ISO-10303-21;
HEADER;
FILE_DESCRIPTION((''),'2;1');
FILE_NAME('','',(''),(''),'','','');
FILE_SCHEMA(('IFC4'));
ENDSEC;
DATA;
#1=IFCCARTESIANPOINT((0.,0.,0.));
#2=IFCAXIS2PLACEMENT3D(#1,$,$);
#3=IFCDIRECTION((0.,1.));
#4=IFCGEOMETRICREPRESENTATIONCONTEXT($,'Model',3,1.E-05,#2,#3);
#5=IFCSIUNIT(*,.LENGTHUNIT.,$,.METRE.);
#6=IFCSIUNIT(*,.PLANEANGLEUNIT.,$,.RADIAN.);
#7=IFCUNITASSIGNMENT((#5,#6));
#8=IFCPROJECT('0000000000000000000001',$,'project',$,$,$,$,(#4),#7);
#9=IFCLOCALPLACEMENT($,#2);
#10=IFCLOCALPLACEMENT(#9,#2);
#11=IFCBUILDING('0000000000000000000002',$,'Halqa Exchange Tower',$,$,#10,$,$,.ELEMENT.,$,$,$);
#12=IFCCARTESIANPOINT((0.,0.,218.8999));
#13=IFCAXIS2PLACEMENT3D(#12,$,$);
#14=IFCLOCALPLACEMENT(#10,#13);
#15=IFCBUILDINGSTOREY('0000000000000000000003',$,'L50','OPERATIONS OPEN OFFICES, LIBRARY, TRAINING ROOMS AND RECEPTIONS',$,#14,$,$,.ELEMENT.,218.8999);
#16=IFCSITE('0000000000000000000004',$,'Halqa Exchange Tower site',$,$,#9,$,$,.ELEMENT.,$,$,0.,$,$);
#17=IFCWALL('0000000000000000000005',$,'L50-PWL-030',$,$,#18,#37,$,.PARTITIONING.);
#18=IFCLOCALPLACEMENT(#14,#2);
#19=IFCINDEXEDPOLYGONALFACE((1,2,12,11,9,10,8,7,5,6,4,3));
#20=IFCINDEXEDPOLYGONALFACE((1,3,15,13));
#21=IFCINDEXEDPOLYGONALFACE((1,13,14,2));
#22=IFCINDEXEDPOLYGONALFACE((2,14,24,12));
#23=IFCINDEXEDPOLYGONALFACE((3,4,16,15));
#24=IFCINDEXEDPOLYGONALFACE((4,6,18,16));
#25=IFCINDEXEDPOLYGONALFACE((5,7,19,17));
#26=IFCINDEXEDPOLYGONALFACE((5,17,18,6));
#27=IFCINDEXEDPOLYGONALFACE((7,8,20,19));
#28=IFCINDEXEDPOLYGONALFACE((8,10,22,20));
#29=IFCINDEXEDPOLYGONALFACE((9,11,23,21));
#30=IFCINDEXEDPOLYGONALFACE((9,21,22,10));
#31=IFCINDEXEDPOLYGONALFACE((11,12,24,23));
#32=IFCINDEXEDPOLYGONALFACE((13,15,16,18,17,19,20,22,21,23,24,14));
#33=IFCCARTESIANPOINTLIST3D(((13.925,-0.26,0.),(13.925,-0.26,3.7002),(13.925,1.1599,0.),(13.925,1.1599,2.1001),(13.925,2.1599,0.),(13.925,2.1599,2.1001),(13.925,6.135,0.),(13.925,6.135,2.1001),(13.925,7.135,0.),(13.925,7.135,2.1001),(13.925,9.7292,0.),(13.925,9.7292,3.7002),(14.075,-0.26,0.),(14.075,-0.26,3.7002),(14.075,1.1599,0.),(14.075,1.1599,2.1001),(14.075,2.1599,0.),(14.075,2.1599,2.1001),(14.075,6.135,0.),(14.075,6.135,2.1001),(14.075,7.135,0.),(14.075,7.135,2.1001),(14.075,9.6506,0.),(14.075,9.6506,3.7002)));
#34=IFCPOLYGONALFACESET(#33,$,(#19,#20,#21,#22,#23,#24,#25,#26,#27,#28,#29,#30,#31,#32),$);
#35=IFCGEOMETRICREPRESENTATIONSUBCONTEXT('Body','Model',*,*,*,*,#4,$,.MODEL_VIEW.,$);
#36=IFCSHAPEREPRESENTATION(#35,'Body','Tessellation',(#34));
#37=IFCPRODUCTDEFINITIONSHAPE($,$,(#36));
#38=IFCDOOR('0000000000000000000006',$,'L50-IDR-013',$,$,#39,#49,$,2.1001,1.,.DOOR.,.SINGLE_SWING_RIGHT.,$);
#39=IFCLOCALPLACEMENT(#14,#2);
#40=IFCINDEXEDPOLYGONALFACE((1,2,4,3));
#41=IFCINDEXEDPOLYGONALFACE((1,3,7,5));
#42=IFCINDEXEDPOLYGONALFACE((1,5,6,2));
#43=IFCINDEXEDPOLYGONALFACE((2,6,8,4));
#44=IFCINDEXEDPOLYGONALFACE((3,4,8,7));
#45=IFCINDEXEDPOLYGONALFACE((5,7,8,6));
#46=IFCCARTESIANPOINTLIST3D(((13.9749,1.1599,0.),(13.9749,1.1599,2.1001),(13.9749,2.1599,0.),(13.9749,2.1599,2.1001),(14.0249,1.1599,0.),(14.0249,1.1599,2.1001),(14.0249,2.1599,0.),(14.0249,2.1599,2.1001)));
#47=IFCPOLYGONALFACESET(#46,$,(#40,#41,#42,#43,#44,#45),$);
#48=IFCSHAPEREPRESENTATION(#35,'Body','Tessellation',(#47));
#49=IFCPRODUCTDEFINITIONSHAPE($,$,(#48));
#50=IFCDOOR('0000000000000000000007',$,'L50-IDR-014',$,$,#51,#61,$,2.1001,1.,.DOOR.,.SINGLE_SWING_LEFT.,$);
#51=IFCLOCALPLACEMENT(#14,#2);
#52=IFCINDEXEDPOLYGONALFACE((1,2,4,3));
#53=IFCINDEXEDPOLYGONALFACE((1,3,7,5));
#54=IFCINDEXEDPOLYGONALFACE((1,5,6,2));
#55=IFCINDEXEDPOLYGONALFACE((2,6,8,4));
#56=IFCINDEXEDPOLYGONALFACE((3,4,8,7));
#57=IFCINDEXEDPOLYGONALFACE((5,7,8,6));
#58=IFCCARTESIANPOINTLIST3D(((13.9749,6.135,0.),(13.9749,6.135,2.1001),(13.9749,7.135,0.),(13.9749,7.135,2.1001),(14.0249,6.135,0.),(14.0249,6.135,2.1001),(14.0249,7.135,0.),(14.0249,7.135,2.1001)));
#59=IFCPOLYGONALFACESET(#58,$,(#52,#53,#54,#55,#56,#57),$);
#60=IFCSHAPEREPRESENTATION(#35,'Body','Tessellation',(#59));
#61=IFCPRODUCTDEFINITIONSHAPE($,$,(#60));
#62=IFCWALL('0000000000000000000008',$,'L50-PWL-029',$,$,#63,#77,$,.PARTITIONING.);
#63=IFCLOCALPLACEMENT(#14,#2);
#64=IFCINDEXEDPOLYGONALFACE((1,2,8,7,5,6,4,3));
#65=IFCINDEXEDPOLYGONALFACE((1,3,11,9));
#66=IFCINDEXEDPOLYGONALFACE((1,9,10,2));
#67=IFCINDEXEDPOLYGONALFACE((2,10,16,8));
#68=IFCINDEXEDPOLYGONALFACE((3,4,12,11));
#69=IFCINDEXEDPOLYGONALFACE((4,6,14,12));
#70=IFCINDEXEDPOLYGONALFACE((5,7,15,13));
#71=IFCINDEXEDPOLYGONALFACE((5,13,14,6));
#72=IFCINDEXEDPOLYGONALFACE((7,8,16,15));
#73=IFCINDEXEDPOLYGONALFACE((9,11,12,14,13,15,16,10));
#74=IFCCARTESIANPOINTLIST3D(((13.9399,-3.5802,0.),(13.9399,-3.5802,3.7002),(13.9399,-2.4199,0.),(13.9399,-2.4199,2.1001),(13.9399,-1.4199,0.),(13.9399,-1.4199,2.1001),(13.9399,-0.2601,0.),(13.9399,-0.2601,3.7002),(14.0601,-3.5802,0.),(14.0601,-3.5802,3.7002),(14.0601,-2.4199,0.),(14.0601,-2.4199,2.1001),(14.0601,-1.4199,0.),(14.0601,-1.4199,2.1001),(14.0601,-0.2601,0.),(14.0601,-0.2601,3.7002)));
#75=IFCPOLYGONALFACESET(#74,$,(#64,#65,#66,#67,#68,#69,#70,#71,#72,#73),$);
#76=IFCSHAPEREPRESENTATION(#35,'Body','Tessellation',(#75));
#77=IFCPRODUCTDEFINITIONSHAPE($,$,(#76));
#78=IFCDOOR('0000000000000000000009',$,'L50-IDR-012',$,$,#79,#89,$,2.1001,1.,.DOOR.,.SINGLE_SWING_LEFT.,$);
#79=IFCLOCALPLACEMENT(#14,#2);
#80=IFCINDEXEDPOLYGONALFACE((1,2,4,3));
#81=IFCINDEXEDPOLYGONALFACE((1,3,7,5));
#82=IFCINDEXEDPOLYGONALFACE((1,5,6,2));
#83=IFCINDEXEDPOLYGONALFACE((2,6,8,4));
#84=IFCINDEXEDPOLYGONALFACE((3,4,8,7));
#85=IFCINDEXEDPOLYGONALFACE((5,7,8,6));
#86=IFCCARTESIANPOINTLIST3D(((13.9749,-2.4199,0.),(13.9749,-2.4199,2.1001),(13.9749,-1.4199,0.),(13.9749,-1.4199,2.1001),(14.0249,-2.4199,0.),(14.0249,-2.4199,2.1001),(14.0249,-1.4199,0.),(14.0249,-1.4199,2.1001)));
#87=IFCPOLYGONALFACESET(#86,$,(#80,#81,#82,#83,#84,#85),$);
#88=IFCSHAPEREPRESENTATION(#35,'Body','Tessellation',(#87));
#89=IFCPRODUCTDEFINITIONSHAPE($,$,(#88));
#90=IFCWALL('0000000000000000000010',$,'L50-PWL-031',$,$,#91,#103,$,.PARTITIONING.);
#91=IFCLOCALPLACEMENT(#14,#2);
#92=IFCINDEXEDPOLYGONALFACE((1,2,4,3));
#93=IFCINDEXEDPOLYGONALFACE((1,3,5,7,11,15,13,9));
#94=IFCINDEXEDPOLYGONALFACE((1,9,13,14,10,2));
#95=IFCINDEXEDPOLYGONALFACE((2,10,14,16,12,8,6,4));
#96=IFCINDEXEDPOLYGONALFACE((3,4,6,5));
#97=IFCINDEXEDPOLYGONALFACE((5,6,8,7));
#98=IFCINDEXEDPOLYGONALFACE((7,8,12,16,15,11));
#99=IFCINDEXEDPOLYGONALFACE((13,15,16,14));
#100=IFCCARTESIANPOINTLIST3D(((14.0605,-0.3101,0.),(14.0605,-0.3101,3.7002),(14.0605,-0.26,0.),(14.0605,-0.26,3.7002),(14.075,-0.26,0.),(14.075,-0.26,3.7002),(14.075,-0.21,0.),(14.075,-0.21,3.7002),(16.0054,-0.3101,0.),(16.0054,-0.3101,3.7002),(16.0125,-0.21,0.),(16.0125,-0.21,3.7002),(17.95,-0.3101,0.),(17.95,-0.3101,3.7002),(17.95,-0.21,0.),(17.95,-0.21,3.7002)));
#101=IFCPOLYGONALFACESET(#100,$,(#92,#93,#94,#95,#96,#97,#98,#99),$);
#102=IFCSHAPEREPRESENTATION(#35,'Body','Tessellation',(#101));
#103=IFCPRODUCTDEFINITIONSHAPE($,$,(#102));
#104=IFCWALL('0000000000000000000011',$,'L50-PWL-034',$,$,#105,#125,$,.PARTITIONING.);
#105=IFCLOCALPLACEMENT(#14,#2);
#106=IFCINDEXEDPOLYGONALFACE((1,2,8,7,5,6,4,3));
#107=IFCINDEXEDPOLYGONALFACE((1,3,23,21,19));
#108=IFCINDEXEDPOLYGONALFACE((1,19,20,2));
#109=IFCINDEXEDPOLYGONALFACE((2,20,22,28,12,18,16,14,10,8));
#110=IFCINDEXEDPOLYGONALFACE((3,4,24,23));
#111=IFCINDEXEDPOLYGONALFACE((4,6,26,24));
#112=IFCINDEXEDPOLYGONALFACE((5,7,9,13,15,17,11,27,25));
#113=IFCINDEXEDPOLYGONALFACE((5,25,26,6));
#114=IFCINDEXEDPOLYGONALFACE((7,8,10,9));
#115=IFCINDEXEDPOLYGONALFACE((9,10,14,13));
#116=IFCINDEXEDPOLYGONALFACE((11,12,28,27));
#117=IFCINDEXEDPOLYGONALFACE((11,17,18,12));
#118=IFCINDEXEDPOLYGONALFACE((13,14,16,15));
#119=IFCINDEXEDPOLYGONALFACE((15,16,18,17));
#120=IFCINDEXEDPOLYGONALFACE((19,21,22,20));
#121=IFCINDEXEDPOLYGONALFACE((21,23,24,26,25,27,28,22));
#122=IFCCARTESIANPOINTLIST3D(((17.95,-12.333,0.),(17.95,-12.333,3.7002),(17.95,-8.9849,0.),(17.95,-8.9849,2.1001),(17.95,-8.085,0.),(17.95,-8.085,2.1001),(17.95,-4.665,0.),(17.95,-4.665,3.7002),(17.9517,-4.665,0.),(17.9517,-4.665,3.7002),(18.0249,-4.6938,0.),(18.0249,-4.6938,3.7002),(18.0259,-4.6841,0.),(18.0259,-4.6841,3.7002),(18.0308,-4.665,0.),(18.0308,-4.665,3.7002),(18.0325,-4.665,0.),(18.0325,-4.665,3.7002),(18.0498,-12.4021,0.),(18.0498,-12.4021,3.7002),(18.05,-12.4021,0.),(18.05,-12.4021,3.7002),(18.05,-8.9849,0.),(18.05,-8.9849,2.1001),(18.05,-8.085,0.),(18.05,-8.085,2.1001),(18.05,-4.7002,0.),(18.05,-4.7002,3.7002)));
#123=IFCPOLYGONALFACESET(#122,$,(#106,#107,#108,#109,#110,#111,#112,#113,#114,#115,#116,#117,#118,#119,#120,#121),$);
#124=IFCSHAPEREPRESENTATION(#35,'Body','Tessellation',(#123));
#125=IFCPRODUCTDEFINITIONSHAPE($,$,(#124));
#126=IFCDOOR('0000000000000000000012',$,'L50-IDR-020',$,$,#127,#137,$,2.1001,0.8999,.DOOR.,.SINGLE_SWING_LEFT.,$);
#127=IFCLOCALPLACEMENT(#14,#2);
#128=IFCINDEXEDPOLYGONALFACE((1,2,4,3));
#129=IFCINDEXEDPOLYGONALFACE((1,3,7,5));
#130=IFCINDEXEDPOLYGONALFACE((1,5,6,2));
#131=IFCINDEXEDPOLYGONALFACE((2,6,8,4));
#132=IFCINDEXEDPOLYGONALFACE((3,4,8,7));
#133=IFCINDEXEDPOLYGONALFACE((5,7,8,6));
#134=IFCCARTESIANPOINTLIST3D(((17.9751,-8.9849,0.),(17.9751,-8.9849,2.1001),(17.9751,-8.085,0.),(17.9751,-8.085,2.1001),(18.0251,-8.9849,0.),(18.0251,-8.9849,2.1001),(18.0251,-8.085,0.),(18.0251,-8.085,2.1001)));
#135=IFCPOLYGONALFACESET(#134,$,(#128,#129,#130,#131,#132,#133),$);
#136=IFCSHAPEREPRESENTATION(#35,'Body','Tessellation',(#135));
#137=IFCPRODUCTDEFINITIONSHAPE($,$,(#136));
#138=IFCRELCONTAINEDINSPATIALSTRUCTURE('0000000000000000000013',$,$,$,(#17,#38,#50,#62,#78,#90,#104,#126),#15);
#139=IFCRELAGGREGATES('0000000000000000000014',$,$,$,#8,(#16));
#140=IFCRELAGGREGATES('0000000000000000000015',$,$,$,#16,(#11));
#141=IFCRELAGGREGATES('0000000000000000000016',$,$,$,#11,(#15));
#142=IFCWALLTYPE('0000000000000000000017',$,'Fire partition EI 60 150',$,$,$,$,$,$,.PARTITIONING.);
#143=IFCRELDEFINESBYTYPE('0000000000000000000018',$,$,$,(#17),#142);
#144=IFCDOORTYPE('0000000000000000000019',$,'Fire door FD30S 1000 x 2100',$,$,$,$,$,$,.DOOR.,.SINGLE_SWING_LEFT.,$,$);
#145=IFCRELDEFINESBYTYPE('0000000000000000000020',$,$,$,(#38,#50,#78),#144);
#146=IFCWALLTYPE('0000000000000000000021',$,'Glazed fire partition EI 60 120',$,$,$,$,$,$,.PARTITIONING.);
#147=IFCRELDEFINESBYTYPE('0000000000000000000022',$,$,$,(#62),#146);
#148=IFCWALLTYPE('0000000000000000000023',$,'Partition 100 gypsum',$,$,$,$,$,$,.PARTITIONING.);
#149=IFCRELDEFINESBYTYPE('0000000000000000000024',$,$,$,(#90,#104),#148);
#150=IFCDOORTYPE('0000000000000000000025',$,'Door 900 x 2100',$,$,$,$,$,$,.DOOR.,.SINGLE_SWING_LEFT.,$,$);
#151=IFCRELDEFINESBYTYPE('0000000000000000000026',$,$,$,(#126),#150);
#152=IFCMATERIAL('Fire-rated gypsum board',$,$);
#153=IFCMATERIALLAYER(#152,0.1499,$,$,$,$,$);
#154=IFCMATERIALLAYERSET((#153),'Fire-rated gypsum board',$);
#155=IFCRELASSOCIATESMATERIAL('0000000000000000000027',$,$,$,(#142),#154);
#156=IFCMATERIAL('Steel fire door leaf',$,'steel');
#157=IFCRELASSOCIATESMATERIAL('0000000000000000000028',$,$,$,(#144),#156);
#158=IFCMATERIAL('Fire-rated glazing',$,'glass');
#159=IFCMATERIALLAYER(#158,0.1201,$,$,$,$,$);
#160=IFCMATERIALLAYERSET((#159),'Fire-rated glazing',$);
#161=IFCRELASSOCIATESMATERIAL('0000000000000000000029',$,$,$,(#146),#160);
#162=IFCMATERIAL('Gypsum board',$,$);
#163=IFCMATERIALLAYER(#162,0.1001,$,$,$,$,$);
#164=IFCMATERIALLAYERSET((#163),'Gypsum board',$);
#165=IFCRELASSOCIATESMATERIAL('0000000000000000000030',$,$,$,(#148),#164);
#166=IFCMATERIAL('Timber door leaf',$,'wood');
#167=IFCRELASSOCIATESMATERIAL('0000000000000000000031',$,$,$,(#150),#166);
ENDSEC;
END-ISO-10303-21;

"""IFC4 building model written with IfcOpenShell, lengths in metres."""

from ifc_helpers import new_model, si_unit, direction, frame, frame_2d, origin, place, context, subcontext, project, spatial, polyline, rectangle, outline, extrude, material, layer, layer_set, type_object, element, fill, save


model = new_model("IFC4")

# Units and contexts
model_context = context("Model", 3, precision=1e-05, world=origin(), true_north=direction((0.0, 1.0)))
body_context = subcontext(model_context, "Body", "Model", "MODEL_VIEW")
ifc_project = project(units=[si_unit("LENGTHUNIT", "METRE"), si_unit("PLANEANGLEUNIT", "RADIAN")], contexts=[model_context])

# Site, building, storey
site_placement = place(None, origin())
site = spatial("IfcSite", under=ifc_project, at=site_placement, Name="Halqa Exchange Tower site", CompositionType="ELEMENT", RefElevation=0.0)
building_placement = place(site_placement, origin())
building = spatial("IfcBuilding", under=site, at=building_placement, Name="Halqa Exchange Tower", CompositionType="ELEMENT")
storey_placement = place(building_placement, frame((0.0, 0.0, 218.8999)))
storey = spatial("IfcBuildingStorey", under=building, at=storey_placement, Name="L50", Description="OPERATIONS OPEN OFFICES, LIBRARY, TRAINING ROOMS AND RECEPTIONS", CompositionType="ELEMENT", Elevation=218.8999)

# Shared definitions
ifc_material_1 = material(Name="Fire-rated gypsum board")
ifc_layer_1 = layer(ifc_material_1, 0.1499)
ifc_layer_set_1 = layer_set([ifc_layer_1], Name="Fire-rated gypsum board")
wall_type_1 = type_object("IfcWallType", Name="Fire partition EI 60 150", PredefinedType="PARTITIONING", material=ifc_layer_set_1)

# Shared definitions
ifc_material_2 = material(Name="Steel fire door leaf", Category="steel")
door_type_1 = type_object("IfcDoorType", Name="Fire door FD30S 1000 x 2100", OperationType="SINGLE_SWING_LEFT", PredefinedType="DOOR", material=ifc_material_2)

# Wall, openings, doors
wall_1_placement = place(storey_placement, frame((14.0, -0.26, 0.0), z_axis=(0.0, 0.0, 1.0), x_axis=(0.0, 1.0, 0.0)))
wall_1 = element("IfcWall", 1, at=wall_1_placement, inside=storey, type_object=wall_type_1, Name="L50-PWL-030", PredefinedType="PARTITIONING", context=body_context, shape_type="SweptSolid", body=[
    extrude(outline(polyline([(0.0, -0.075), (1.9822, -0.075), (3.9644, -0.075), (5.9465, -0.075), (7.9287, -0.075), (9.9106, -0.075), (9.9893, 0.075), (9.9893, 0.075), (7.9915, 0.075), (5.9937, 0.075), (3.9956, 0.075), (1.9978, 0.075), (0.0, 0.075), (0.0, -0.075)])), origin(), (0.0, 0.0, 1.0), 3.7002),
])
opening_1_placement = place(wall_1_placement, frame((1.4199, 0.0, 0.0)))
opening_1 = element("IfcOpeningElement", 2, at=opening_1_placement, cuts=wall_1, PredefinedType="OPENING", context=body_context, shape_type="SweptSolid", body=[
    extrude(rectangle(XDim=1.0, YDim=2.1001, at=frame_2d((0.5, 1.05))), frame((0.0, 0.0869, 0.0), z_axis=(0.0, -1.0, 0.0), x_axis=(1.0, 0.0, 0.0)), (0.0, 0.0, 1.0), 0.1738),
])
opening_2_placement = place(wall_1_placement, frame((6.395, 0.0, 0.0)))
opening_2 = element("IfcOpeningElement", 3, at=opening_2_placement, cuts=wall_1, PredefinedType="OPENING", context=body_context, shape_type="SweptSolid", body=[
    extrude(rectangle(XDim=1.0, YDim=2.1001, at=frame_2d((0.5, 1.05))), frame((0.0, 0.0869, 0.0), z_axis=(0.0, -1.0, 0.0), x_axis=(1.0, 0.0, 0.0)), (0.0, 0.0, 1.0), 0.1738),
])
door_1_placement = place(opening_1_placement, frame((1.0, 0.0, 0.0), z_axis=(0.0, 0.0, 1.0), x_axis=(-1.0, 0.0, 0.0)))
door_1 = element("IfcDoor", 4, at=door_1_placement, inside=storey, type_object=door_type_1, Name="L50-IDR-013", OperationType="SINGLE_SWING_RIGHT", OverallHeight=2.1001, OverallWidth=1.0, PredefinedType="DOOR", context=body_context, shape_type="SweptSolid", body=[
    extrude(rectangle(XDim=1.0, YDim=2.1001, at=frame_2d((0.5, 1.05))), frame((0.0, 0.0249, 0.0), z_axis=(0.0, -1.0, 0.0), x_axis=(1.0, 0.0, 0.0)), (0.0, 0.0, 1.0), 0.05),
])
fill(opening_1, door_1)
door_2_placement = place(opening_2_placement, frame((1.0, 0.0, 0.0), z_axis=(0.0, 0.0, 1.0), x_axis=(-1.0, 0.0, 0.0)))
door_2 = element("IfcDoor", 5, at=door_2_placement, inside=storey, type_object=door_type_1, Name="L50-IDR-014", OperationType="SINGLE_SWING_LEFT", OverallHeight=2.1001, OverallWidth=1.0, PredefinedType="DOOR", context=body_context, shape_type="SweptSolid", body=[
    extrude(rectangle(XDim=1.0, YDim=2.1001, at=frame_2d((0.5, 1.05))), frame((0.0, 0.0249, 0.0), z_axis=(0.0, -1.0, 0.0), x_axis=(1.0, 0.0, 0.0)), (0.0, 0.0, 1.0), 0.05),
])
fill(opening_2, door_2)

# Wall, opening, door
ifc_material_3 = material(Name="Fire-rated glazing", Category="glass")
ifc_layer_2 = layer(ifc_material_3, 0.1201)
ifc_layer_set_2 = layer_set([ifc_layer_2], Name="Fire-rated glazing")
wall_type_2 = type_object("IfcWallType", Name="Glazed fire partition EI 60 120", PredefinedType="PARTITIONING", material=ifc_layer_set_2)
wall_2_placement = place(storey_placement, frame((14.0, -0.26, 0.0), z_axis=(0.0, 0.0, 1.0), x_axis=(0.0, -1.0, 0.0)))
wall_2 = element("IfcWall", 6, at=wall_2_placement, inside=storey, type_object=wall_type_2, Name="L50-PWL-029", PredefinedType="PARTITIONING", context=body_context, shape_type="SweptSolid", body=[
    extrude(rectangle(XDim=3.3201, YDim=0.1201, at=frame_2d((1.6602, 0.0))), origin(), (0.0, 0.0, 1.0), 3.7002),
])
opening_3_placement = place(wall_2_placement, frame((1.1599, 0.0, 0.0)))
opening_3 = element("IfcOpeningElement", 7, at=opening_3_placement, cuts=wall_2, PredefinedType="OPENING", context=body_context, shape_type="SweptSolid", body=[
    extrude(rectangle(XDim=1.0, YDim=2.1001, at=frame_2d((0.5, 1.05))), frame((0.0, 0.072, 0.0), z_axis=(0.0, -1.0, 0.0), x_axis=(1.0, 0.0, 0.0)), (0.0, 0.0, 1.0), 0.144),
])
door_3_placement = place(opening_3_placement, origin())
door_3 = element("IfcDoor", 8, at=door_3_placement, inside=storey, type_object=door_type_1, Name="L50-IDR-012", OperationType="SINGLE_SWING_LEFT", OverallHeight=2.1001, OverallWidth=1.0, PredefinedType="DOOR", context=body_context, shape_type="SweptSolid", body=[
    extrude(rectangle(XDim=1.0, YDim=2.1001, at=frame_2d((0.5, 1.05))), frame((0.0, 0.0249, 0.0), z_axis=(0.0, -1.0, 0.0), x_axis=(1.0, 0.0, 0.0)), (0.0, 0.0, 1.0), 0.05),
])
fill(opening_3, door_3)

# Wall
ifc_material_4 = material(Name="Gypsum board")
ifc_layer_3 = layer(ifc_material_4, 0.1001)
ifc_layer_set_3 = layer_set([ifc_layer_3], Name="Gypsum board")
wall_type_3 = type_object("IfcWallType", Name="Partition 100 gypsum", PredefinedType="PARTITIONING", material=ifc_layer_set_3)
wall_3_placement = place(storey_placement, frame((14.0605, -0.26, 0.0), z_axis=(0.0, 0.0, 1.0), x_axis=(1.0, 0.0, 0.0)))
element("IfcWall", 9, at=wall_3_placement, inside=storey, type_object=wall_type_3, Name="L50-PWL-031", PredefinedType="PARTITIONING", context=body_context, shape_type="SweptSolid", body=[
    extrude(outline(polyline([(3.8894, 0.05), (1.9519, 0.05), (0.0144, 0.05), (0.0144, 0.0), (0.0, 0.0), (0.0, -0.05), (1.9448, -0.05), (3.8894, -0.05), (3.8894, 0.05)])), origin(), (0.0, 0.0, 1.0), 3.7002),
])

# Wall, opening, door
wall_4_placement = place(storey_placement, frame((18.0, -4.665, 0.0), z_axis=(0.0, 0.0, 1.0), x_axis=(0.0, -1.0, 0.0)))
wall_4 = element("IfcWall", 10, at=wall_4_placement, inside=storey, type_object=wall_type_3, Name="L50-PWL-034", PredefinedType="PARTITIONING", context=body_context, shape_type="SweptSolid", body=[
    extrude(outline(polyline([(0.0, -0.05), (1.917, -0.05), (3.834, -0.05), (5.751, -0.05), (7.668, -0.05), (7.7371, 0.0498), (7.7371, 0.05), (5.8115, 0.05), (3.8862, 0.05), (1.9607, 0.05), (0.0352, 0.05), (0.0288, 0.0249), (0.0, 0.0325), (0.0, 0.0308), (0.019, 0.0259), (0.0, -0.0483), (0.0, -0.05)])), origin(), (0.0, 0.0, 1.0), 3.7002),
])
opening_4_placement = place(wall_4_placement, frame((3.4199, 0.0, 0.0)))
opening_4 = element("IfcOpeningElement", 11, at=opening_4_placement, cuts=wall_4, PredefinedType="OPENING", context=body_context, shape_type="SweptSolid", body=[
    extrude(rectangle(XDim=0.8999, YDim=2.1001, at=frame_2d((0.45, 1.05))), frame((0.0, 0.062, 0.0), z_axis=(0.0, -1.0, 0.0), x_axis=(1.0, 0.0, 0.0)), (0.0, 0.0, 1.0), 0.124),
])
ifc_material_5 = material(Name="Timber door leaf", Category="wood")
door_type_2 = type_object("IfcDoorType", Name="Door 900 x 2100", OperationType="SINGLE_SWING_LEFT", PredefinedType="DOOR", material=ifc_material_5)
door_4_placement = place(opening_4_placement, frame((0.8999, 0.0, 0.0), z_axis=(0.0, 0.0, 1.0), x_axis=(-1.0, 0.0, 0.0)))
door_4 = element("IfcDoor", 12, at=door_4_placement, inside=storey, type_object=door_type_2, Name="L50-IDR-020", OperationType="SINGLE_SWING_LEFT", OverallHeight=2.1001, OverallWidth=0.8999, PredefinedType="DOOR", context=body_context, shape_type="SweptSolid", body=[
    extrude(rectangle(XDim=0.8999, YDim=2.1001, at=frame_2d((0.45, 1.05))), frame((0.0, 0.0249, 0.0), z_axis=(0.0, -1.0, 0.0), x_axis=(1.0, 0.0, 0.0)), (0.0, 0.0, 1.0), 0.05),
])
fill(opening_4, door_4)

save(model, "model.ifc")
